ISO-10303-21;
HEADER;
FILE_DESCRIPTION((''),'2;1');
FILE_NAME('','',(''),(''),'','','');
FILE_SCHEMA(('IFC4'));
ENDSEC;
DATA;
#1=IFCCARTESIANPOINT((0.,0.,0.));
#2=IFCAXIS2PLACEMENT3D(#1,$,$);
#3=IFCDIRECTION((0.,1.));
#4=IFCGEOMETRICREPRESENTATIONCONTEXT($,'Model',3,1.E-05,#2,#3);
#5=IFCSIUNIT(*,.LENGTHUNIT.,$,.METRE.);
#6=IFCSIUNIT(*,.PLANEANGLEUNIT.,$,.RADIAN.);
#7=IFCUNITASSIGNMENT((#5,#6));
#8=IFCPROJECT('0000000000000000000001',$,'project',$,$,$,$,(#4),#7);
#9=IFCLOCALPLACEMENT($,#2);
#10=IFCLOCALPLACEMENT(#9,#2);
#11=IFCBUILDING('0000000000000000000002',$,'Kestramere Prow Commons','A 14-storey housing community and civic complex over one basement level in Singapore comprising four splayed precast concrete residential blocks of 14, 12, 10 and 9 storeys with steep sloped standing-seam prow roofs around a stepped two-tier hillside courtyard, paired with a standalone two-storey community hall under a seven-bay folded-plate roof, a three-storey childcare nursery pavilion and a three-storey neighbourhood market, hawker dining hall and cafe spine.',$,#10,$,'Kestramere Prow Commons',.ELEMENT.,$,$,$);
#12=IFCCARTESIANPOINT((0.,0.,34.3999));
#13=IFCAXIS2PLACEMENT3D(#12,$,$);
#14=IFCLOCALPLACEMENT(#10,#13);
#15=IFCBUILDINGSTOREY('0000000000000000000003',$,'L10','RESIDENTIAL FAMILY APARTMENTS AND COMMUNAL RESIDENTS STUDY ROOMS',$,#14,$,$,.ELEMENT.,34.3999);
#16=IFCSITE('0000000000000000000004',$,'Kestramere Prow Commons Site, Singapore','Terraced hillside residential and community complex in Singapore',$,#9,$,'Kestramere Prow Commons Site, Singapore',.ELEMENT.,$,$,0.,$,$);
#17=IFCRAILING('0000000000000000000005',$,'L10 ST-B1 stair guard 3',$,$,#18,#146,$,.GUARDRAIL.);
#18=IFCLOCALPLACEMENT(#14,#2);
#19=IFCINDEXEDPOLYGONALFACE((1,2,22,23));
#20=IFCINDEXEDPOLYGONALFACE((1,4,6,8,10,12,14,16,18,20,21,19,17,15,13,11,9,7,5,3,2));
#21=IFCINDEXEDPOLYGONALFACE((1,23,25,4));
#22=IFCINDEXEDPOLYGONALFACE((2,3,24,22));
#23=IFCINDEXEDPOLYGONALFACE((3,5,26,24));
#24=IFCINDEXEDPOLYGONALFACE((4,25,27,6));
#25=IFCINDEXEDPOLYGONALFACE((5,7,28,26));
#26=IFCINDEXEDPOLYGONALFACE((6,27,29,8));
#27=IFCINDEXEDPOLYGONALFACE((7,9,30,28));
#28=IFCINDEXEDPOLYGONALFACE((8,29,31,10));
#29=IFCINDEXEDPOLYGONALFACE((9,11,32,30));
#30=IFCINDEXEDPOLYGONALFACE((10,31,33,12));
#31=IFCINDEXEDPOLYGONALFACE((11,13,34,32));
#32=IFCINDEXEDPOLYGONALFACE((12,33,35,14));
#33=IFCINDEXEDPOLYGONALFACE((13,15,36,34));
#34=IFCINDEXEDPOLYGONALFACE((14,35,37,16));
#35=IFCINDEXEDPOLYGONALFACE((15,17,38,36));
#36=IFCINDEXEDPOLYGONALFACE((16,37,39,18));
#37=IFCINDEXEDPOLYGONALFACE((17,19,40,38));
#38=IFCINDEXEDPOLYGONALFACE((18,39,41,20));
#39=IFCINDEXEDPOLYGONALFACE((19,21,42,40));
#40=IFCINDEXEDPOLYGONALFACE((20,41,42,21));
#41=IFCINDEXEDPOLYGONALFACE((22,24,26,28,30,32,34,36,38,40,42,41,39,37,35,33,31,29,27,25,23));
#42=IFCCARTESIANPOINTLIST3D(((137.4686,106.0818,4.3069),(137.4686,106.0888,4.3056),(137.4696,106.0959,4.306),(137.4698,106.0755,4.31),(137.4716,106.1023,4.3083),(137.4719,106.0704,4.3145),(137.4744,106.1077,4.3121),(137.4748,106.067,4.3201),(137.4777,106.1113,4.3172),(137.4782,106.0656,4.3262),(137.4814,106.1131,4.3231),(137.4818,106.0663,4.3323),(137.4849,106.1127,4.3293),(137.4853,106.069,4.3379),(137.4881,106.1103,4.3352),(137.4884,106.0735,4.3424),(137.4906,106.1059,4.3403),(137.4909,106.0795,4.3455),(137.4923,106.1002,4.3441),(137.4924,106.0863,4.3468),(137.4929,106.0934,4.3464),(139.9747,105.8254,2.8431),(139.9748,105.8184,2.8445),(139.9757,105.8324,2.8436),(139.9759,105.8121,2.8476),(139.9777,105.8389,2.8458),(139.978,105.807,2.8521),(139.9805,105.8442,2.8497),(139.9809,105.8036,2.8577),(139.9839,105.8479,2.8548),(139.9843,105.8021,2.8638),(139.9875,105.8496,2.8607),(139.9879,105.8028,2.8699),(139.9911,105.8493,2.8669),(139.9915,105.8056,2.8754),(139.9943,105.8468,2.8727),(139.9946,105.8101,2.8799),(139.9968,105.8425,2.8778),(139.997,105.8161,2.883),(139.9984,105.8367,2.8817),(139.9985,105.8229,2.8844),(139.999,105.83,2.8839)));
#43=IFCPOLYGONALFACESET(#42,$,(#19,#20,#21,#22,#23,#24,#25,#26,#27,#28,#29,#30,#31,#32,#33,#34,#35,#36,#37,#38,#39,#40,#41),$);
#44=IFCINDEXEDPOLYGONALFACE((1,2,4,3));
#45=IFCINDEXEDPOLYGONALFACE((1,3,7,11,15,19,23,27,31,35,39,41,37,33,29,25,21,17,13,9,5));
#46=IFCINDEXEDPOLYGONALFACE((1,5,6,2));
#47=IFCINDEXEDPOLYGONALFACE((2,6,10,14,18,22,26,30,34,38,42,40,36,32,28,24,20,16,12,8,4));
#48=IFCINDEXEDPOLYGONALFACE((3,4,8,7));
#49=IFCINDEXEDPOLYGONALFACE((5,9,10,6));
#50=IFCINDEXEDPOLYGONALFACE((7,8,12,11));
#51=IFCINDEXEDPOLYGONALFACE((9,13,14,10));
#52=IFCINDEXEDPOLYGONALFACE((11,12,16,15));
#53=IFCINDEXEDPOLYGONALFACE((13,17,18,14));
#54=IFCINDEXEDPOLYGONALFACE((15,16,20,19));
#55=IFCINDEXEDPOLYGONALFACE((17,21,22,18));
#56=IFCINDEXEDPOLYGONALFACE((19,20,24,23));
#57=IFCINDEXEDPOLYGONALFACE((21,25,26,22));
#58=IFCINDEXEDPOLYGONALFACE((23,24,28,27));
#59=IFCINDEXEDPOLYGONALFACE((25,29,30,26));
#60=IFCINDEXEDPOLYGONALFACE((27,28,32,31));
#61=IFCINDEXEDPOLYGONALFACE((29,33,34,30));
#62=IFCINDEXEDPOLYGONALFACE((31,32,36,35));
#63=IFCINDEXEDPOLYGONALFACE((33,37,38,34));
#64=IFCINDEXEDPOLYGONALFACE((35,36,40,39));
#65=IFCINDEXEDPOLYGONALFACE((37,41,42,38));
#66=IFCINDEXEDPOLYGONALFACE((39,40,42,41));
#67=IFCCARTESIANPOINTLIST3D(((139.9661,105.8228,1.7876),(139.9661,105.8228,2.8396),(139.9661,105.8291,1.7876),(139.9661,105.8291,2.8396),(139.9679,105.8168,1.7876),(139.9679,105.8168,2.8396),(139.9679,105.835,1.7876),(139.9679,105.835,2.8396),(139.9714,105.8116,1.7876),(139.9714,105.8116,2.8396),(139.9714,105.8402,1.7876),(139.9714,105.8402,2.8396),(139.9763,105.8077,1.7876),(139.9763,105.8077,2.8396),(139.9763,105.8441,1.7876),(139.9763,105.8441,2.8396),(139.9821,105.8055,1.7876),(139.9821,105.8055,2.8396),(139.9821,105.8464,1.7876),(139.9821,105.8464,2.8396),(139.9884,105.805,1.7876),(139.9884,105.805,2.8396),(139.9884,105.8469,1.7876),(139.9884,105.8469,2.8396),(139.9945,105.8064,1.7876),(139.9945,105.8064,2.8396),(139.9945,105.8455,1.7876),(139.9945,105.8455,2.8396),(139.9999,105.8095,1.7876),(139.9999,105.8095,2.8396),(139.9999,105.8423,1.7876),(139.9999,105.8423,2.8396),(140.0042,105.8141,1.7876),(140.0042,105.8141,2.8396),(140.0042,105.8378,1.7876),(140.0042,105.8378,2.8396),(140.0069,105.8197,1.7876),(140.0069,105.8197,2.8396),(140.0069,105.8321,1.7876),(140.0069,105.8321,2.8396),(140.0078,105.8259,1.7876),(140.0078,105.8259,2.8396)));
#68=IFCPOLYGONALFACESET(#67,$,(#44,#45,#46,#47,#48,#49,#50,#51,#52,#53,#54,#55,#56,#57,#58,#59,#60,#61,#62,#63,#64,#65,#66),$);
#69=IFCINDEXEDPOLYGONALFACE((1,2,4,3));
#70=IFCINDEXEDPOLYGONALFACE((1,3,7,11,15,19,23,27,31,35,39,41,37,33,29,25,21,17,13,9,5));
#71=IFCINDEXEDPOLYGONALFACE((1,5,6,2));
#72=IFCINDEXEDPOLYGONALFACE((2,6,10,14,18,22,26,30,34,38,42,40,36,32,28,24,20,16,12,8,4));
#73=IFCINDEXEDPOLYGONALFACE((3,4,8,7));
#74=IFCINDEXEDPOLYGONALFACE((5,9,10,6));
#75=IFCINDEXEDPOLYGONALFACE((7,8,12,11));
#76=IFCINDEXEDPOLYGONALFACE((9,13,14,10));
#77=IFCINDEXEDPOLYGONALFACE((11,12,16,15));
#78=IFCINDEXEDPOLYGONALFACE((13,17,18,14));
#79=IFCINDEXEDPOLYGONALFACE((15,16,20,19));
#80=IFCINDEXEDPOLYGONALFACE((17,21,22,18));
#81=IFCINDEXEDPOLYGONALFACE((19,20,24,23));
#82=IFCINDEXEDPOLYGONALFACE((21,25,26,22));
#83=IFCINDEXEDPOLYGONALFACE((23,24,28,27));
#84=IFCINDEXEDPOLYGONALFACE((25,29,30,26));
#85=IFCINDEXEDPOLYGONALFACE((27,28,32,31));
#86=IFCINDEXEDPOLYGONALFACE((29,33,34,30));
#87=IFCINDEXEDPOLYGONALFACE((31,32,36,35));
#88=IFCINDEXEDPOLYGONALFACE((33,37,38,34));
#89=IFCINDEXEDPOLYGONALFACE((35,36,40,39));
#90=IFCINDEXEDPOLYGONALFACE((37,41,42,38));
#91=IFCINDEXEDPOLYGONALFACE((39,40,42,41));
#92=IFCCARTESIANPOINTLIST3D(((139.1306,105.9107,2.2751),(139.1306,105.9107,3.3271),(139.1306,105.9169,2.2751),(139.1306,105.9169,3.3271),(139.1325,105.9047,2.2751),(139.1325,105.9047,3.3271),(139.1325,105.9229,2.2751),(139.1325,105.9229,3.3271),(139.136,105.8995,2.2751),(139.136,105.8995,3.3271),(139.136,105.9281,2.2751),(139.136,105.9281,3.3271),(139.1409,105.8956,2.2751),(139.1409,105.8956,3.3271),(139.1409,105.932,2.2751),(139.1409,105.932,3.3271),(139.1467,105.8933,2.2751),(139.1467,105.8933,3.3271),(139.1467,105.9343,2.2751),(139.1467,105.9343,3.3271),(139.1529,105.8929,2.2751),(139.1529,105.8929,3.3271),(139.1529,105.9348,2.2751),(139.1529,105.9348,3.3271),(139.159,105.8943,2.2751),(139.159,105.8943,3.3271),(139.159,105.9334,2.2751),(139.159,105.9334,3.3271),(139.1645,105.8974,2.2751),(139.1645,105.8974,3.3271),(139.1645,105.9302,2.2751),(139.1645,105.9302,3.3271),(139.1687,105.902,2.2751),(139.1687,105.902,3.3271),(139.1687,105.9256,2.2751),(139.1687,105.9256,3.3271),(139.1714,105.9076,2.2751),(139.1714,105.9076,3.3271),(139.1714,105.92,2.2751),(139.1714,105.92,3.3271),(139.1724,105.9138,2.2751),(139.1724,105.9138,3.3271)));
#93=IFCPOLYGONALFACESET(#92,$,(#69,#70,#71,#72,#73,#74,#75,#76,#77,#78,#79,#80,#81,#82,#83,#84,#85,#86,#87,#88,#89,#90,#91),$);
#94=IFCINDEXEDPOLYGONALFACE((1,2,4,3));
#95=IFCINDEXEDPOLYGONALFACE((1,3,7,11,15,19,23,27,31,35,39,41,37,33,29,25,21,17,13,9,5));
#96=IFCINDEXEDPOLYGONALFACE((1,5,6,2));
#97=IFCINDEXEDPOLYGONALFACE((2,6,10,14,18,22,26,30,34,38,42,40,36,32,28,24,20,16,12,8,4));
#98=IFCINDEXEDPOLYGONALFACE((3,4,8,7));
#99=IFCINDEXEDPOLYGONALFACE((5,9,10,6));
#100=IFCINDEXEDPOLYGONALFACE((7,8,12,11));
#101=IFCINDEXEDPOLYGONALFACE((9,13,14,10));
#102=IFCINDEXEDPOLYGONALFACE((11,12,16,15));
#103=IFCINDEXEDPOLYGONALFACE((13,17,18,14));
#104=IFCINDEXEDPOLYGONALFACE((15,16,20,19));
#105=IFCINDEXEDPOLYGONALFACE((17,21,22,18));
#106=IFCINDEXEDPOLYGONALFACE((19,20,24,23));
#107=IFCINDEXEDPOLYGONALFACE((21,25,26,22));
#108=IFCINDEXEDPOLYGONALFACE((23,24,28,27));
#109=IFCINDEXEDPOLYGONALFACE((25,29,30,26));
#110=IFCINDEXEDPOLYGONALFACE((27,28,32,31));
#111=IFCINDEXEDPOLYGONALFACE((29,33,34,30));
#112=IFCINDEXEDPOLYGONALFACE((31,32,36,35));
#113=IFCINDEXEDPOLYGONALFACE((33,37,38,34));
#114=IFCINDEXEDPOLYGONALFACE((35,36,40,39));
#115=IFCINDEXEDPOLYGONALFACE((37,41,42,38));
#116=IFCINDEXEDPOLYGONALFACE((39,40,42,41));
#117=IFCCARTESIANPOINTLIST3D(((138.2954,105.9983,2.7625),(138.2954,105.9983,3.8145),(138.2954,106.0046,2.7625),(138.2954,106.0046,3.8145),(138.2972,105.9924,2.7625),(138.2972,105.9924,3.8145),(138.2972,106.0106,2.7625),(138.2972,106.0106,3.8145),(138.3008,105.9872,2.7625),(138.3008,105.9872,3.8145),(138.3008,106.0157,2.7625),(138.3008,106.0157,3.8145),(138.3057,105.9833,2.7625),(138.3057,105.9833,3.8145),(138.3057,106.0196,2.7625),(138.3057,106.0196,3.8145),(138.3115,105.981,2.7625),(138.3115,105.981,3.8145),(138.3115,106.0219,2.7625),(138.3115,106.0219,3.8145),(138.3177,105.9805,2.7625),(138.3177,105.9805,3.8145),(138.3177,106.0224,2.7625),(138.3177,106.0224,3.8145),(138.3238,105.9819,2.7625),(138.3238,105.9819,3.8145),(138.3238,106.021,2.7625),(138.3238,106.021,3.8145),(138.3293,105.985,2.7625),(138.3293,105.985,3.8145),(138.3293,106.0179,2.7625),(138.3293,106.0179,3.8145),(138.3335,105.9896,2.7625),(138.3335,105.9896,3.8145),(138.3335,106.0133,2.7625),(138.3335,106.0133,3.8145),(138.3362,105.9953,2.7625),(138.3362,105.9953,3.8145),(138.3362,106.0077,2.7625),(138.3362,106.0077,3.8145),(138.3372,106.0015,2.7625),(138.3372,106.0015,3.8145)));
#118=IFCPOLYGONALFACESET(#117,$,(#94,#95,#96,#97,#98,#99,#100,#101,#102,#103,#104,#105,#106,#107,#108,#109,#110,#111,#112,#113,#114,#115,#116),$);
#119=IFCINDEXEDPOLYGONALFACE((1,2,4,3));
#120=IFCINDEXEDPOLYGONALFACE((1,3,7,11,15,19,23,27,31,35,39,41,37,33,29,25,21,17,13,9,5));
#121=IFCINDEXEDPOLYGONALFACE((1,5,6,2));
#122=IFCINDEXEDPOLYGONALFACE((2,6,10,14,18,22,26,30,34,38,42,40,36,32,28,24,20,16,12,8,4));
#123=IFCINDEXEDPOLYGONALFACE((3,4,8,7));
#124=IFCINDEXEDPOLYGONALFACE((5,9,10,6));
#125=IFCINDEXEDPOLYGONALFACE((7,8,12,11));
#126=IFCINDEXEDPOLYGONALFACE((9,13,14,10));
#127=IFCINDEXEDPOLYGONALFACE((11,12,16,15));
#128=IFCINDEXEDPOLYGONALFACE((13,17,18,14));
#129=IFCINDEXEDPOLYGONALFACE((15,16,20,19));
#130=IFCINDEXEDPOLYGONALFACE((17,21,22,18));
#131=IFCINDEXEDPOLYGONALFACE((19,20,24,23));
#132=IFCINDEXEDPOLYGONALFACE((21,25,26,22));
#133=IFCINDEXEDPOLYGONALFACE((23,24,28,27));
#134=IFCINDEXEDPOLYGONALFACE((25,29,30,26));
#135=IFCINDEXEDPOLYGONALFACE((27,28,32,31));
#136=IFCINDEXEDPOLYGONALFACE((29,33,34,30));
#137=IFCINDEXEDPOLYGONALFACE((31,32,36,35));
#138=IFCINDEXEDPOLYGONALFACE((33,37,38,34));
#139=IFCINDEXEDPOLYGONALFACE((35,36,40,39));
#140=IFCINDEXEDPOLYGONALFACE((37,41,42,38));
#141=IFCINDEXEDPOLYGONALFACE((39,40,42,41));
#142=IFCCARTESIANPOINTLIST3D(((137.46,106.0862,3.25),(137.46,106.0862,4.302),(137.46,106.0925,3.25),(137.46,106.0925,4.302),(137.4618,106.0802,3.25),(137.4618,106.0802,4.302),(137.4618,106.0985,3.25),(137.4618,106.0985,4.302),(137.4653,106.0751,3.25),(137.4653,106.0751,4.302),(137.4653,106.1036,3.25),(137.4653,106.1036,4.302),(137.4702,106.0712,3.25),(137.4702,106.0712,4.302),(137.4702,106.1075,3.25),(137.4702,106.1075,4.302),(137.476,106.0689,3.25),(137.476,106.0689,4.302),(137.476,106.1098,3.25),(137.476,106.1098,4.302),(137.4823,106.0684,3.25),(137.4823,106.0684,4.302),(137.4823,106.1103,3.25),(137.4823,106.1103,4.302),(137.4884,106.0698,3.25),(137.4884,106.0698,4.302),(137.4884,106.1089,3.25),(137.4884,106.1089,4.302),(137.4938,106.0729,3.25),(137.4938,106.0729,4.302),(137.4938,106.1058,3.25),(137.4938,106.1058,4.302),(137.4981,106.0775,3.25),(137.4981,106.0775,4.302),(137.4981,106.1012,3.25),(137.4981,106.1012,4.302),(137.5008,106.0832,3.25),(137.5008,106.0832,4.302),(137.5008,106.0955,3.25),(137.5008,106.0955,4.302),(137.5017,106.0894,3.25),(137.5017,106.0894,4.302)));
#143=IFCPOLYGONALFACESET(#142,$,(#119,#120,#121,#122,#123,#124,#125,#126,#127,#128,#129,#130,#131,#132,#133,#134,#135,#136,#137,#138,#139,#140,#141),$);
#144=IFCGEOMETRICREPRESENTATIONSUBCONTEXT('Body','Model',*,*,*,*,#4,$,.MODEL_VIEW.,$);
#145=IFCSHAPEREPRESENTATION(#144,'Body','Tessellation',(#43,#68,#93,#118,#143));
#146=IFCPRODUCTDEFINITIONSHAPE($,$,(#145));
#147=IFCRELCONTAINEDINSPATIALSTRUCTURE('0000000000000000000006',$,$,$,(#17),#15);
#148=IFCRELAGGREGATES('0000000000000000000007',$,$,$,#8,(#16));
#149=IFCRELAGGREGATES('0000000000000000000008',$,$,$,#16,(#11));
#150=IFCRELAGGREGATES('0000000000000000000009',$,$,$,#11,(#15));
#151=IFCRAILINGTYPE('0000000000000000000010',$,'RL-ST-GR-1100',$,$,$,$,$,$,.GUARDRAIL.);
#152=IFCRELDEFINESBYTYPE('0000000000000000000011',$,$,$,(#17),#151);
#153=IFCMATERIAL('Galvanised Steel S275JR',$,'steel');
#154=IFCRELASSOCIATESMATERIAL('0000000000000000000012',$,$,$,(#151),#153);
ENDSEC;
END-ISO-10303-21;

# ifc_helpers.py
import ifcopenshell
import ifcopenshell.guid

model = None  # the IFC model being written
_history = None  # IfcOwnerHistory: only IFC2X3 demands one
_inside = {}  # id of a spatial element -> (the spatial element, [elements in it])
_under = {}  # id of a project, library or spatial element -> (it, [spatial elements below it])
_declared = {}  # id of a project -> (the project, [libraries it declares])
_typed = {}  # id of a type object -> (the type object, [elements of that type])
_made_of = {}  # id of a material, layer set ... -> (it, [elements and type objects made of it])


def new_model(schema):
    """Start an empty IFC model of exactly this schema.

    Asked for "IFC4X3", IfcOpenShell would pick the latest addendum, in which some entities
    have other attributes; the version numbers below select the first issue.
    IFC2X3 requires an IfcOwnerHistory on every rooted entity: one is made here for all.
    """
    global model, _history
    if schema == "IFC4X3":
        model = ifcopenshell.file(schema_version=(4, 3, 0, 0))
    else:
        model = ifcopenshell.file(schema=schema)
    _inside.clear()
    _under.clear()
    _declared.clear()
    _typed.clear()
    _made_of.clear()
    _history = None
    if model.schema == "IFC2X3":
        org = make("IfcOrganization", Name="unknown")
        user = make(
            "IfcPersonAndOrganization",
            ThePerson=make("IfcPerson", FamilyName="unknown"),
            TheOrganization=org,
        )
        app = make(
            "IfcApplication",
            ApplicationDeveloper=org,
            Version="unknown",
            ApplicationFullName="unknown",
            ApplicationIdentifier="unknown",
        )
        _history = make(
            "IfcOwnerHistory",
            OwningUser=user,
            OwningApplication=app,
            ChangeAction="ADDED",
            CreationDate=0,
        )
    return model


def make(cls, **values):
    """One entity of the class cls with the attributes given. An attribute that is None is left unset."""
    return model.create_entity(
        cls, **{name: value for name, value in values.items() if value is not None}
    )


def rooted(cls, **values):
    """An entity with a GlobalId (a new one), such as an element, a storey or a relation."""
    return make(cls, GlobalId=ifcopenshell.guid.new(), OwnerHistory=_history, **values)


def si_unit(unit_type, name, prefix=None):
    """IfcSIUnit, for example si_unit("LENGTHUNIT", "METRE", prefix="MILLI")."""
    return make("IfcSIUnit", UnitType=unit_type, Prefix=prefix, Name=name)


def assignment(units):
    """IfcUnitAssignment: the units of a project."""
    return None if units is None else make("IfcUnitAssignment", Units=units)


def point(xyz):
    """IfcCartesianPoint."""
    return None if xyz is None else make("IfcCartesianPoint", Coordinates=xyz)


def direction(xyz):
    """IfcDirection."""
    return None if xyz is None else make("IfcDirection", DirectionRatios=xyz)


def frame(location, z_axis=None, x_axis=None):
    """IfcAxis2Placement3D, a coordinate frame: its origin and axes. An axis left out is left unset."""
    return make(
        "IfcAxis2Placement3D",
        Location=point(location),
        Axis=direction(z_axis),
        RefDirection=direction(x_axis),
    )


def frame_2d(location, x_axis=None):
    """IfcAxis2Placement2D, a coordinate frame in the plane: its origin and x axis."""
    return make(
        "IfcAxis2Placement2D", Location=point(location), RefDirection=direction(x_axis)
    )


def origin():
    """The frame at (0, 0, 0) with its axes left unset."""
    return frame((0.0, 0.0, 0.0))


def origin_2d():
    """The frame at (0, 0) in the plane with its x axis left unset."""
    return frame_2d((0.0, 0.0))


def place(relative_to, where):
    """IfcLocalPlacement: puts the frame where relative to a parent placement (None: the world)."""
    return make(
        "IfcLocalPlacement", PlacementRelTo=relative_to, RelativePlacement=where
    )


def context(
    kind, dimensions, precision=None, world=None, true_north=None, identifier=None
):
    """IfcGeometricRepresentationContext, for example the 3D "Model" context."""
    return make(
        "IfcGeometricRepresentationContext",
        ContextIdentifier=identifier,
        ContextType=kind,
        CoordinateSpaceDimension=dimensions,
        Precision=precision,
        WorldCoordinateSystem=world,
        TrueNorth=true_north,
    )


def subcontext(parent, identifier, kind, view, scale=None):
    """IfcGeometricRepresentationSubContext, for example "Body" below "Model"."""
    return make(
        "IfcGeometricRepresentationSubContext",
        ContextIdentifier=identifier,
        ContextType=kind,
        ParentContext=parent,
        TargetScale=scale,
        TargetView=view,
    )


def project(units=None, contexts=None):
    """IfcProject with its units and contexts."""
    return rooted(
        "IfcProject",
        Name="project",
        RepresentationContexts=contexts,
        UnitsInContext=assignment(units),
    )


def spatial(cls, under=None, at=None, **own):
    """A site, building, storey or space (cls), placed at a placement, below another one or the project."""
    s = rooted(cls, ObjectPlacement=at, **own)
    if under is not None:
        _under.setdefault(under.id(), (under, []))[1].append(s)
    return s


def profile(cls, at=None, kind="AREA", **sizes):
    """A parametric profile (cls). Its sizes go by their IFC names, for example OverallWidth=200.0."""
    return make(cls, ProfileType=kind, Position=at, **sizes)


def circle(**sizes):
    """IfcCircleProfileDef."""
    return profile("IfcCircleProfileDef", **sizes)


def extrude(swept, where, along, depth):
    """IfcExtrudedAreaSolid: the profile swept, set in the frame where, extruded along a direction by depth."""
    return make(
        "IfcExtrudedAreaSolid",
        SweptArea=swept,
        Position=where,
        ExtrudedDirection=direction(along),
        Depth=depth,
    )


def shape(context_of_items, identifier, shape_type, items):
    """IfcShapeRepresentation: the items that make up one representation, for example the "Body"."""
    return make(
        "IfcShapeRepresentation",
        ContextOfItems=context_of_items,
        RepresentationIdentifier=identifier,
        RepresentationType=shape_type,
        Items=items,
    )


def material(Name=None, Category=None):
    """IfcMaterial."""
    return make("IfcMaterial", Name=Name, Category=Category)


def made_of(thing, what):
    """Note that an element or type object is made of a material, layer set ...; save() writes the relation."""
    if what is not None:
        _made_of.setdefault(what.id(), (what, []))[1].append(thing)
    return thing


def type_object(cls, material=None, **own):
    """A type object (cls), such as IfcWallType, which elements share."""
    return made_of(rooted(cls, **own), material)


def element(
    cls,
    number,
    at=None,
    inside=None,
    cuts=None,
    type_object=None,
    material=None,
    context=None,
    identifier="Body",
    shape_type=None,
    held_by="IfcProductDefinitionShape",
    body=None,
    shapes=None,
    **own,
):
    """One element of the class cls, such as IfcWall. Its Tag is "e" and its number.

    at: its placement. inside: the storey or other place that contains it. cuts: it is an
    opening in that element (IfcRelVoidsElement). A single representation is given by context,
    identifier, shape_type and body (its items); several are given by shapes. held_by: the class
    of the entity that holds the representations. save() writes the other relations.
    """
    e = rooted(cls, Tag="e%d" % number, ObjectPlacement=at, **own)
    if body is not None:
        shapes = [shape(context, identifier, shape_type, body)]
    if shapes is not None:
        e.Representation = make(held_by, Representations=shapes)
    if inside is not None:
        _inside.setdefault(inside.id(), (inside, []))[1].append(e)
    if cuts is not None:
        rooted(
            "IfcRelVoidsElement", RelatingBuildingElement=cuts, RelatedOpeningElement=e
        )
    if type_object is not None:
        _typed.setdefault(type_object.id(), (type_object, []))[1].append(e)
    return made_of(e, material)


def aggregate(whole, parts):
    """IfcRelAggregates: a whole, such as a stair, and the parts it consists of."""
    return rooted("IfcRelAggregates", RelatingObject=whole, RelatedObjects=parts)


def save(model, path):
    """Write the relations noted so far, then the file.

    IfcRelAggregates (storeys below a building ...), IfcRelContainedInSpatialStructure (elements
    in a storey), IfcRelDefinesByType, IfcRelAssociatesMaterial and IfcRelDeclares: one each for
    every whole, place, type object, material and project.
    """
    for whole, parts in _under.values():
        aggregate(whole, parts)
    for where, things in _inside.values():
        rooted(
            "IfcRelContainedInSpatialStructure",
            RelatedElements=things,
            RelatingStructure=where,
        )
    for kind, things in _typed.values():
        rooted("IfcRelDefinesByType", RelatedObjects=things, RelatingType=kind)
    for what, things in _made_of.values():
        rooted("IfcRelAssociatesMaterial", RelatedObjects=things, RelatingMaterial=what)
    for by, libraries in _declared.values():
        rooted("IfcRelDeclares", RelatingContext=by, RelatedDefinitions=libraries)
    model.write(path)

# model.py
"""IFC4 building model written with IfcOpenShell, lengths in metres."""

from ifc_helpers import new_model, si_unit, direction, frame, origin, origin_2d, place, context, subcontext, project, spatial, circle, extrude, material, type_object, element, save


model = new_model("IFC4")

# Units and contexts
model_context = context("Model", 3, precision=1e-05, world=origin(), true_north=direction((0.0, 1.0)))
body_context = subcontext(model_context, "Body", "Model", "MODEL_VIEW")
ifc_project = project(units=[si_unit("LENGTHUNIT", "METRE"), si_unit("PLANEANGLEUNIT", "RADIAN")], contexts=[model_context])

# Site, building, storey
site_placement = place(None, origin())
site = spatial("IfcSite", under=ifc_project, at=site_placement, Name="Kestramere Prow Commons Site, Singapore", Description="Terraced hillside residential and community complex in Singapore", LongName="Kestramere Prow Commons Site, Singapore", CompositionType="ELEMENT", RefElevation=0.0)
building_placement = place(site_placement, origin())
building = spatial("IfcBuilding", under=site, at=building_placement, Name="Kestramere Prow Commons", Description="A 14-storey housing community and civic complex over one basement level in Singapore comprising four splayed precast concrete residential blocks of 14, 12, 10 and 9 storeys with steep sloped standing-seam prow roofs around a stepped two-tier hillside courtyard, paired with a standalone two-storey community hall under a seven-bay folded-plate roof, a three-storey childcare nursery pavilion and a three-storey neighbourhood market, hawker dining hall and cafe spine.", LongName="Kestramere Prow Commons", CompositionType="ELEMENT")
storey_placement = place(building_placement, frame((0.0, 0.0, 34.3999)))
storey = spatial("IfcBuildingStorey", under=building, at=storey_placement, Name="L10", Description="RESIDENTIAL FAMILY APARTMENTS AND COMMUNAL RESIDENTS STUDY ROOMS", CompositionType="ELEMENT", Elevation=34.3999)

# Railing
ifc_material_1 = material(Name="Galvanised Steel S275JR", Category="steel")
railing_type_1 = type_object("IfcRailingType", Name="RL-ST-GR-1100", PredefinedType="GUARDRAIL", material=ifc_material_1)
railing_1_placement = place(storey_placement, frame((139.9868, 105.8259, 1.7876)))
element("IfcRailing", 1, at=railing_1_placement, inside=storey, type_object=railing_type_1, Name="L10 ST-B1 stair guard 3", PredefinedType="GUARDRAIL", context=body_context, shape_type="SweptSolid", body=[
    extrude(circle(Radius=0.0239, at=origin_2d()), frame((0.0, 0.0, 1.0762), z_axis=(-0.860165, 0.090416, 0.501937), x_axis=(-0.104539, -0.994521, 0.0)), (0.0, 0.0, 1.0), 2.9136),
    extrude(circle(Radius=0.021, at=origin_2d()), origin(), (0.0, 0.0, 1.0), 1.052),
    extrude(circle(Radius=0.021, at=origin_2d()), frame((-0.8354, 0.0879, 0.4875)), (0.0, 0.0, 1.0), 1.052),
    extrude(circle(Radius=0.021, at=origin_2d()), frame((-1.6707, 0.1755, 0.9749)), (0.0, 0.0, 1.0), 1.052),
    extrude(circle(Radius=0.021, at=origin_2d()), frame((-2.5061, 0.2634, 1.4624)), (0.0, 0.0, 1.0), 1.052),
])

save(model, "model.ifc")
